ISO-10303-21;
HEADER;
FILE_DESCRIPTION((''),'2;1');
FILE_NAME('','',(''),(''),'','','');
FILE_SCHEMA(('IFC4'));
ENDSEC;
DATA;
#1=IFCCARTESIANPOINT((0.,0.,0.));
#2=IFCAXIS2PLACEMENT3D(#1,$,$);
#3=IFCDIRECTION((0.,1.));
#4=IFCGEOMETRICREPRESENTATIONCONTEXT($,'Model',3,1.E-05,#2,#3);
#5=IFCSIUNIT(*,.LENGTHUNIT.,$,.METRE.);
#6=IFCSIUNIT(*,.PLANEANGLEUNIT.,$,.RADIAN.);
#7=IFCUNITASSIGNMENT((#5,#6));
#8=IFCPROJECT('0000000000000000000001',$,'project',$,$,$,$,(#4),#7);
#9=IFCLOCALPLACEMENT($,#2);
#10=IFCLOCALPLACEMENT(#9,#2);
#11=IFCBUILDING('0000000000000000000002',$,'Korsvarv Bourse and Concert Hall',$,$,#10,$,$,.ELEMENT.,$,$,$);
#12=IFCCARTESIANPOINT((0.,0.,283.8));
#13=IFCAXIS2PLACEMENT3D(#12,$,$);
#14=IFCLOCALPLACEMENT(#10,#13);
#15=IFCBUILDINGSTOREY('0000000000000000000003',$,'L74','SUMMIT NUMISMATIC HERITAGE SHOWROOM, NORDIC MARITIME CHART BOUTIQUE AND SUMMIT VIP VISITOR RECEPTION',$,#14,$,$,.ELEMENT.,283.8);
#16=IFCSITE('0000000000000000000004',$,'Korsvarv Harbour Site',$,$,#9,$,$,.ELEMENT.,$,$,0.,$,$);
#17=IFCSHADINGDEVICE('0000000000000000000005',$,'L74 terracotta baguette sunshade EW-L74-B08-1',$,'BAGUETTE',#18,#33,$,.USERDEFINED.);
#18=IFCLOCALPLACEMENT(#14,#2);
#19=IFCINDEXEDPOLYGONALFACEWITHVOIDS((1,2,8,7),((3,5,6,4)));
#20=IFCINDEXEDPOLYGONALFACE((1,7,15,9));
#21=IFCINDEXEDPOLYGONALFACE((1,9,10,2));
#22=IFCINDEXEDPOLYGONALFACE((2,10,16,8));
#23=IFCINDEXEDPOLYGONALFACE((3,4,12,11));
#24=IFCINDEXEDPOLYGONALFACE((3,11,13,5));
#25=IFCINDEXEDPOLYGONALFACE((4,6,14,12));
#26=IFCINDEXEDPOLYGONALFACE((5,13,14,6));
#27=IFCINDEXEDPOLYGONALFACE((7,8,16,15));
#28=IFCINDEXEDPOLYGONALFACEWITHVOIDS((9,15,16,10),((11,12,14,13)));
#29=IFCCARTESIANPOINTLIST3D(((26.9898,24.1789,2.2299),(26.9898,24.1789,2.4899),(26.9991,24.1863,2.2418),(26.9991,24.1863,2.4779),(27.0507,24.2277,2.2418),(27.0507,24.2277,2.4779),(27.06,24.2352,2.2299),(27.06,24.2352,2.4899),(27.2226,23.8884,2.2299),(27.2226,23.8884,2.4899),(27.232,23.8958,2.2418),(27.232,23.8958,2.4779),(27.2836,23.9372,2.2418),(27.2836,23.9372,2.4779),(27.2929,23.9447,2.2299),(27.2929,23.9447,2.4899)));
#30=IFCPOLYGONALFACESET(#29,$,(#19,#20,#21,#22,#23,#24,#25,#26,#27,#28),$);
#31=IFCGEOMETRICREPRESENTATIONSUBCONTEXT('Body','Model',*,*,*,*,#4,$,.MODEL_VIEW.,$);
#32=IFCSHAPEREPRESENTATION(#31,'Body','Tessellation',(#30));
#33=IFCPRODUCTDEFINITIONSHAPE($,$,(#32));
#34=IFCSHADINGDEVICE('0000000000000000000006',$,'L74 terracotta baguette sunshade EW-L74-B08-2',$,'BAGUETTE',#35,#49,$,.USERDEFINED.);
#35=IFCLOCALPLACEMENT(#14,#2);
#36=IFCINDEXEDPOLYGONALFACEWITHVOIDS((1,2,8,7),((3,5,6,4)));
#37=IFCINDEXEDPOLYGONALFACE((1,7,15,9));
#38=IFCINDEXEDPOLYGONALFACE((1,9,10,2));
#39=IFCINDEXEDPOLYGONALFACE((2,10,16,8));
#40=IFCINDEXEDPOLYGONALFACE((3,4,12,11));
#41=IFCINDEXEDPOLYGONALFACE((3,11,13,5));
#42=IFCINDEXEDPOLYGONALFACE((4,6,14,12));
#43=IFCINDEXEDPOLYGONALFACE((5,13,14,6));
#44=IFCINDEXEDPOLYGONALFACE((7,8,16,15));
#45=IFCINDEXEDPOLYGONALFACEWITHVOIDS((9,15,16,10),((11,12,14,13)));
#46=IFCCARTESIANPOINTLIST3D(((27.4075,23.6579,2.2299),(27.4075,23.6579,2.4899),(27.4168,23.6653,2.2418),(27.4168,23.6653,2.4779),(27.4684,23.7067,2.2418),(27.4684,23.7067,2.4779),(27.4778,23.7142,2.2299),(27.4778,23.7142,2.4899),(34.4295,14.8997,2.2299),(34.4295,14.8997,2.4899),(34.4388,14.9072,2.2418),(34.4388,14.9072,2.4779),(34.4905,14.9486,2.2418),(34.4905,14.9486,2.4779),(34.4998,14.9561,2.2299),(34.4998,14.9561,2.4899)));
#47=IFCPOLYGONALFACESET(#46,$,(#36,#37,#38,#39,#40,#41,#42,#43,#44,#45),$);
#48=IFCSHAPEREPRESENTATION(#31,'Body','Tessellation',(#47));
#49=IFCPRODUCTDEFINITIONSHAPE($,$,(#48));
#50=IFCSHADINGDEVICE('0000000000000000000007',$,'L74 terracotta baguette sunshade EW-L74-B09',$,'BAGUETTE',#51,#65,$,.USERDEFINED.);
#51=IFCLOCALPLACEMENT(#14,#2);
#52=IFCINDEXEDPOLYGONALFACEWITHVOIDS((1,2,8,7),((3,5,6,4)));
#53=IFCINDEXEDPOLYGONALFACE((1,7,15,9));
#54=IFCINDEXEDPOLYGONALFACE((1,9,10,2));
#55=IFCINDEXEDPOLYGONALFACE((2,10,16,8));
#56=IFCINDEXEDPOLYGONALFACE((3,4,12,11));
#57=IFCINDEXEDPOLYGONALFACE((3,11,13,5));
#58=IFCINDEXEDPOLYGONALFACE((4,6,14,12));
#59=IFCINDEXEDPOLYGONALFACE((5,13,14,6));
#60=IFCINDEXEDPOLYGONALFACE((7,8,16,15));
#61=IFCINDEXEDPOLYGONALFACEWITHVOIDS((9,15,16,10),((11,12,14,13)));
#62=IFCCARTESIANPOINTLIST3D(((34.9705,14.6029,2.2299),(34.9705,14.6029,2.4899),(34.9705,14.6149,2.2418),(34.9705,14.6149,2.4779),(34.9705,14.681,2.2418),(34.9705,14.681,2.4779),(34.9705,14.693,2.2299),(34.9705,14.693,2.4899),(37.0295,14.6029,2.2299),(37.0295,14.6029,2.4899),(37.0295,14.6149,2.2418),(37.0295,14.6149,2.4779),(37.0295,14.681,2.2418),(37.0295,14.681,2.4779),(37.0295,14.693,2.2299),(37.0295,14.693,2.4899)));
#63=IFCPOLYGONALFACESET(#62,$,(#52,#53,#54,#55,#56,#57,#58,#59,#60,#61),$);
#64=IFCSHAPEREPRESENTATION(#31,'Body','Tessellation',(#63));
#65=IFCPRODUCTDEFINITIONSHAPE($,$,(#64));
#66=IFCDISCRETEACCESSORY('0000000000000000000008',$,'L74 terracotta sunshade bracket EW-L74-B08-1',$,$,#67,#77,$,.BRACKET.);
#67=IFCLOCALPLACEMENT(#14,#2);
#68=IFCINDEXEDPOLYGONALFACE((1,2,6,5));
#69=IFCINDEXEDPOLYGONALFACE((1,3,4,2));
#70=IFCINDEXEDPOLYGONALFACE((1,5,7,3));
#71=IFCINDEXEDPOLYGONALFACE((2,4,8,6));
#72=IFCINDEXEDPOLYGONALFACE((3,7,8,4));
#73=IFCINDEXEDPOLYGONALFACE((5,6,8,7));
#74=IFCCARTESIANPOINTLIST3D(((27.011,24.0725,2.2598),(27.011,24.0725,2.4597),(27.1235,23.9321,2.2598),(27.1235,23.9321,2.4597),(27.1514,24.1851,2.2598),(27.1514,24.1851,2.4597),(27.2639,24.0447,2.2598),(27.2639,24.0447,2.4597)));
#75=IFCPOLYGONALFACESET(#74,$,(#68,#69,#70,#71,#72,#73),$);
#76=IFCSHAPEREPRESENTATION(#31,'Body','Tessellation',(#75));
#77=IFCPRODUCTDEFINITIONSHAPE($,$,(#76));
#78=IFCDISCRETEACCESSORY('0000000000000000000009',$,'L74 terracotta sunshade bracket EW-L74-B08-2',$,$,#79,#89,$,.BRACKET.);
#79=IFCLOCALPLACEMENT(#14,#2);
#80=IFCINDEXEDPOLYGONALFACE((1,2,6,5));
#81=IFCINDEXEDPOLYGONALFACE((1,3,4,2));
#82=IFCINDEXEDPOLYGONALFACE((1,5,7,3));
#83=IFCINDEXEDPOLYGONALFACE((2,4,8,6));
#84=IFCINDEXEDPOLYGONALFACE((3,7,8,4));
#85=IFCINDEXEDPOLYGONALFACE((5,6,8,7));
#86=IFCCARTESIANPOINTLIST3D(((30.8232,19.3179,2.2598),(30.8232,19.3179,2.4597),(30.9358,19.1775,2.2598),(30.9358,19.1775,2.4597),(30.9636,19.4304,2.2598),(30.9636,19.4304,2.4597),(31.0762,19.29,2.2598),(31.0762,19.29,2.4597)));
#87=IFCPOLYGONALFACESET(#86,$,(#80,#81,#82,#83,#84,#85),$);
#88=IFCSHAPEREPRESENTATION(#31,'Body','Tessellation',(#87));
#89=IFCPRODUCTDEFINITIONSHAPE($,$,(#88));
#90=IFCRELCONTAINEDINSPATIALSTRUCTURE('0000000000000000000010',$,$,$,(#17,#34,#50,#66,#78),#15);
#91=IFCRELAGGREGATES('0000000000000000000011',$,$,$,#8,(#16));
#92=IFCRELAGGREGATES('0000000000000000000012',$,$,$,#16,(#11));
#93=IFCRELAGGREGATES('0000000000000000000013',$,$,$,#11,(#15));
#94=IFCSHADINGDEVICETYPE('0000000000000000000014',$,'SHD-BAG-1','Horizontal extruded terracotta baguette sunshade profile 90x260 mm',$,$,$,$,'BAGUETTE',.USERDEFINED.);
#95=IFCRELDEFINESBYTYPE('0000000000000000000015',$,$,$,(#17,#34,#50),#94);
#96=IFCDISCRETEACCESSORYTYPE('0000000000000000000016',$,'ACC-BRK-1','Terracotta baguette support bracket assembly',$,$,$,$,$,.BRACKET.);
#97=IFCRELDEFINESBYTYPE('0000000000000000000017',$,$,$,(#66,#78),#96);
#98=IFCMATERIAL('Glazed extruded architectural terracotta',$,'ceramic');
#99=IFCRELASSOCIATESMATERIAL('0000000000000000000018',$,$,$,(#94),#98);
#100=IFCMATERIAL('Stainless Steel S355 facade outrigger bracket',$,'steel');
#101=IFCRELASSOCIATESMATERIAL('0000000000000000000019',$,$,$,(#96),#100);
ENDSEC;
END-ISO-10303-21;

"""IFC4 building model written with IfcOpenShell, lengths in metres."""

from ifc_helpers import new_model, si_unit, direction, frame, origin, origin_2d, place, context, subcontext, project, spatial, rectangle, hollow_rectangle, extrude, source, transform, mapped, material, material_profile, profile_set, type_object, element, save


model = new_model("IFC4")

# Units and contexts
model_context = context("Model", 3, precision=1e-05, world=origin(), true_north=direction((0.0, 1.0)))
body_context = subcontext(model_context, "Body", "Model", "MODEL_VIEW")
ifc_project = project(units=[si_unit("LENGTHUNIT", "METRE"), si_unit("PLANEANGLEUNIT", "RADIAN")], contexts=[model_context])

# Site, building, storey
site_placement = place(None, origin())
site = spatial("IfcSite", under=ifc_project, at=site_placement, Name="Korsvarv Harbour Site", CompositionType="ELEMENT", RefElevation=0.0)
building_placement = place(site_placement, origin())
building = spatial("IfcBuilding", under=site, at=building_placement, Name="Korsvarv Bourse and Concert Hall", CompositionType="ELEMENT")
storey_placement = place(building_placement, frame((0.0, 0.0, 283.8)))
storey = spatial("IfcBuildingStorey", under=building, at=storey_placement, Name="L74", Description="SUMMIT NUMISMATIC HERITAGE SHOWROOM, NORDIC MARITIME CHART BOUTIQUE AND SUMMIT VIP VISITOR RECEPTION", CompositionType="ELEMENT", Elevation=283.8)

# Shading devices
ifc_material_1 = material(Name="Glazed extruded architectural terracotta", Category="ceramic")
ifc_material_profile_1 = material_profile(ifc_material_1, hollow_rectangle(XDim=0.0901, YDim=0.26, WallThickness=0.012, at=origin_2d()), Name="TC-BAG 90x260")
ifc_profile_set_1 = profile_set([ifc_material_profile_1], Name="Glazed extruded architectural terracotta")
shading_device_type = type_object("IfcShadingDeviceType", Name="SHD-BAG-1", Description="Horizontal extruded terracotta baguette sunshade profile 90x260 mm", ElementType="BAGUETTE", PredefinedType="USERDEFINED", material=ifc_profile_set_1)
shared_shape_1 = source(origin(), body_context, "Body", "SweptSolid", [
    extrude(hollow_rectangle(XDim=0.0901, YDim=0.26, WallThickness=0.012, at=origin_2d()), origin(), (0.0, 0.0, 1.0), 0.3723),
])
shading_device_1_placement = place(storey_placement, frame((27.0249, 24.207, 2.3599), z_axis=(0.625494, -0.780229, 0.0), x_axis=(0.780229, 0.625494, 0.0)))
element("IfcShadingDevice", 1, at=shading_device_1_placement, inside=storey, type_object=shading_device_type, Name="L74 terracotta baguette sunshade EW-L74-B08-1", ObjectType="BAGUETTE", PredefinedType="USERDEFINED", context=body_context, shape_type="MappedRepresentation", body=[
    mapped(shared_shape_1, transform((0.0, 0.0, 0.0), scale=1.0)),
])
shared_shape_2 = source(origin(), body_context, "Body", "SweptSolid", [
    extrude(hollow_rectangle(XDim=0.0901, YDim=0.26, WallThickness=0.012, at=origin_2d()), origin(), (0.0, 0.0, 1.0), 11.2256),
])
shading_device_2_placement = place(storey_placement, frame((27.4426, 23.686, 2.3599), z_axis=(0.625538, -0.780194, 0.0), x_axis=(0.780194, 0.625538, 0.0)))
element("IfcShadingDevice", 2, at=shading_device_2_placement, inside=storey, type_object=shading_device_type, Name="L74 terracotta baguette sunshade EW-L74-B08-2", ObjectType="BAGUETTE", PredefinedType="USERDEFINED", context=body_context, shape_type="MappedRepresentation", body=[
    mapped(shared_shape_2, transform((0.0, 0.0, 0.0), scale=1.0)),
])
shared_shape_3 = source(origin(), body_context, "Body", "SweptSolid", [
    extrude(hollow_rectangle(XDim=0.0901, YDim=0.26, WallThickness=0.012, at=origin_2d()), origin(), (0.0, 0.0, 1.0), 2.0591),
])
shading_device_3_placement = place(storey_placement, frame((34.9705, 14.6479, 2.3599), z_axis=(1.0, 0.0, 0.0), x_axis=(0.0, 1.0, 0.0)))
element("IfcShadingDevice", 3, at=shading_device_3_placement, inside=storey, type_object=shading_device_type, Name="L74 terracotta baguette sunshade EW-L74-B09", ObjectType="BAGUETTE", PredefinedType="USERDEFINED", context=body_context, shape_type="MappedRepresentation", body=[
    mapped(shared_shape_3, transform((0.0, 0.0, 0.0), scale=1.0)),
])

# Discrete accessories
ifc_material_2 = material(Name="Stainless Steel S355 facade outrigger bracket", Category="steel")
discrete_accessory_type = type_object("IfcDiscreteAccessoryType", Name="ACC-BRK-1", Description="Terracotta baguette support bracket assembly", PredefinedType="BRACKET", material=ifc_material_2)
shared_shape_4 = source(origin(), body_context, "Body", "SweptSolid", [
    extrude(rectangle(XDim=0.1799, YDim=0.1799, at=origin_2d()), origin(), (0.0, 0.0, 1.0), 0.2),
])
for number, where, z_axis, x_axis, name in (
    (4, (27.1375, 24.0586, 2.2598), (0.0, 0.0, 1.0), (0.625379, -0.780321, 0.0), "L74 terracotta sunshade bracket EW-L74-B08-1"),
    (5, (30.9497, 19.304, 2.2598), (0.0, 0.0, 1.0), (0.625515, -0.780212, 0.0), "L74 terracotta sunshade bracket EW-L74-B08-2"),
):
    element("IfcDiscreteAccessory", number, at=place(storey_placement, frame(where, z_axis=z_axis, x_axis=x_axis)), inside=storey, type_object=discrete_accessory_type, Name=name, PredefinedType="BRACKET", context=body_context, shape_type="MappedRepresentation", body=[
        mapped(shared_shape_4, transform((0.0, 0.0, 0.0), scale=1.0)),
    ])

save(model, "model.ifc")
